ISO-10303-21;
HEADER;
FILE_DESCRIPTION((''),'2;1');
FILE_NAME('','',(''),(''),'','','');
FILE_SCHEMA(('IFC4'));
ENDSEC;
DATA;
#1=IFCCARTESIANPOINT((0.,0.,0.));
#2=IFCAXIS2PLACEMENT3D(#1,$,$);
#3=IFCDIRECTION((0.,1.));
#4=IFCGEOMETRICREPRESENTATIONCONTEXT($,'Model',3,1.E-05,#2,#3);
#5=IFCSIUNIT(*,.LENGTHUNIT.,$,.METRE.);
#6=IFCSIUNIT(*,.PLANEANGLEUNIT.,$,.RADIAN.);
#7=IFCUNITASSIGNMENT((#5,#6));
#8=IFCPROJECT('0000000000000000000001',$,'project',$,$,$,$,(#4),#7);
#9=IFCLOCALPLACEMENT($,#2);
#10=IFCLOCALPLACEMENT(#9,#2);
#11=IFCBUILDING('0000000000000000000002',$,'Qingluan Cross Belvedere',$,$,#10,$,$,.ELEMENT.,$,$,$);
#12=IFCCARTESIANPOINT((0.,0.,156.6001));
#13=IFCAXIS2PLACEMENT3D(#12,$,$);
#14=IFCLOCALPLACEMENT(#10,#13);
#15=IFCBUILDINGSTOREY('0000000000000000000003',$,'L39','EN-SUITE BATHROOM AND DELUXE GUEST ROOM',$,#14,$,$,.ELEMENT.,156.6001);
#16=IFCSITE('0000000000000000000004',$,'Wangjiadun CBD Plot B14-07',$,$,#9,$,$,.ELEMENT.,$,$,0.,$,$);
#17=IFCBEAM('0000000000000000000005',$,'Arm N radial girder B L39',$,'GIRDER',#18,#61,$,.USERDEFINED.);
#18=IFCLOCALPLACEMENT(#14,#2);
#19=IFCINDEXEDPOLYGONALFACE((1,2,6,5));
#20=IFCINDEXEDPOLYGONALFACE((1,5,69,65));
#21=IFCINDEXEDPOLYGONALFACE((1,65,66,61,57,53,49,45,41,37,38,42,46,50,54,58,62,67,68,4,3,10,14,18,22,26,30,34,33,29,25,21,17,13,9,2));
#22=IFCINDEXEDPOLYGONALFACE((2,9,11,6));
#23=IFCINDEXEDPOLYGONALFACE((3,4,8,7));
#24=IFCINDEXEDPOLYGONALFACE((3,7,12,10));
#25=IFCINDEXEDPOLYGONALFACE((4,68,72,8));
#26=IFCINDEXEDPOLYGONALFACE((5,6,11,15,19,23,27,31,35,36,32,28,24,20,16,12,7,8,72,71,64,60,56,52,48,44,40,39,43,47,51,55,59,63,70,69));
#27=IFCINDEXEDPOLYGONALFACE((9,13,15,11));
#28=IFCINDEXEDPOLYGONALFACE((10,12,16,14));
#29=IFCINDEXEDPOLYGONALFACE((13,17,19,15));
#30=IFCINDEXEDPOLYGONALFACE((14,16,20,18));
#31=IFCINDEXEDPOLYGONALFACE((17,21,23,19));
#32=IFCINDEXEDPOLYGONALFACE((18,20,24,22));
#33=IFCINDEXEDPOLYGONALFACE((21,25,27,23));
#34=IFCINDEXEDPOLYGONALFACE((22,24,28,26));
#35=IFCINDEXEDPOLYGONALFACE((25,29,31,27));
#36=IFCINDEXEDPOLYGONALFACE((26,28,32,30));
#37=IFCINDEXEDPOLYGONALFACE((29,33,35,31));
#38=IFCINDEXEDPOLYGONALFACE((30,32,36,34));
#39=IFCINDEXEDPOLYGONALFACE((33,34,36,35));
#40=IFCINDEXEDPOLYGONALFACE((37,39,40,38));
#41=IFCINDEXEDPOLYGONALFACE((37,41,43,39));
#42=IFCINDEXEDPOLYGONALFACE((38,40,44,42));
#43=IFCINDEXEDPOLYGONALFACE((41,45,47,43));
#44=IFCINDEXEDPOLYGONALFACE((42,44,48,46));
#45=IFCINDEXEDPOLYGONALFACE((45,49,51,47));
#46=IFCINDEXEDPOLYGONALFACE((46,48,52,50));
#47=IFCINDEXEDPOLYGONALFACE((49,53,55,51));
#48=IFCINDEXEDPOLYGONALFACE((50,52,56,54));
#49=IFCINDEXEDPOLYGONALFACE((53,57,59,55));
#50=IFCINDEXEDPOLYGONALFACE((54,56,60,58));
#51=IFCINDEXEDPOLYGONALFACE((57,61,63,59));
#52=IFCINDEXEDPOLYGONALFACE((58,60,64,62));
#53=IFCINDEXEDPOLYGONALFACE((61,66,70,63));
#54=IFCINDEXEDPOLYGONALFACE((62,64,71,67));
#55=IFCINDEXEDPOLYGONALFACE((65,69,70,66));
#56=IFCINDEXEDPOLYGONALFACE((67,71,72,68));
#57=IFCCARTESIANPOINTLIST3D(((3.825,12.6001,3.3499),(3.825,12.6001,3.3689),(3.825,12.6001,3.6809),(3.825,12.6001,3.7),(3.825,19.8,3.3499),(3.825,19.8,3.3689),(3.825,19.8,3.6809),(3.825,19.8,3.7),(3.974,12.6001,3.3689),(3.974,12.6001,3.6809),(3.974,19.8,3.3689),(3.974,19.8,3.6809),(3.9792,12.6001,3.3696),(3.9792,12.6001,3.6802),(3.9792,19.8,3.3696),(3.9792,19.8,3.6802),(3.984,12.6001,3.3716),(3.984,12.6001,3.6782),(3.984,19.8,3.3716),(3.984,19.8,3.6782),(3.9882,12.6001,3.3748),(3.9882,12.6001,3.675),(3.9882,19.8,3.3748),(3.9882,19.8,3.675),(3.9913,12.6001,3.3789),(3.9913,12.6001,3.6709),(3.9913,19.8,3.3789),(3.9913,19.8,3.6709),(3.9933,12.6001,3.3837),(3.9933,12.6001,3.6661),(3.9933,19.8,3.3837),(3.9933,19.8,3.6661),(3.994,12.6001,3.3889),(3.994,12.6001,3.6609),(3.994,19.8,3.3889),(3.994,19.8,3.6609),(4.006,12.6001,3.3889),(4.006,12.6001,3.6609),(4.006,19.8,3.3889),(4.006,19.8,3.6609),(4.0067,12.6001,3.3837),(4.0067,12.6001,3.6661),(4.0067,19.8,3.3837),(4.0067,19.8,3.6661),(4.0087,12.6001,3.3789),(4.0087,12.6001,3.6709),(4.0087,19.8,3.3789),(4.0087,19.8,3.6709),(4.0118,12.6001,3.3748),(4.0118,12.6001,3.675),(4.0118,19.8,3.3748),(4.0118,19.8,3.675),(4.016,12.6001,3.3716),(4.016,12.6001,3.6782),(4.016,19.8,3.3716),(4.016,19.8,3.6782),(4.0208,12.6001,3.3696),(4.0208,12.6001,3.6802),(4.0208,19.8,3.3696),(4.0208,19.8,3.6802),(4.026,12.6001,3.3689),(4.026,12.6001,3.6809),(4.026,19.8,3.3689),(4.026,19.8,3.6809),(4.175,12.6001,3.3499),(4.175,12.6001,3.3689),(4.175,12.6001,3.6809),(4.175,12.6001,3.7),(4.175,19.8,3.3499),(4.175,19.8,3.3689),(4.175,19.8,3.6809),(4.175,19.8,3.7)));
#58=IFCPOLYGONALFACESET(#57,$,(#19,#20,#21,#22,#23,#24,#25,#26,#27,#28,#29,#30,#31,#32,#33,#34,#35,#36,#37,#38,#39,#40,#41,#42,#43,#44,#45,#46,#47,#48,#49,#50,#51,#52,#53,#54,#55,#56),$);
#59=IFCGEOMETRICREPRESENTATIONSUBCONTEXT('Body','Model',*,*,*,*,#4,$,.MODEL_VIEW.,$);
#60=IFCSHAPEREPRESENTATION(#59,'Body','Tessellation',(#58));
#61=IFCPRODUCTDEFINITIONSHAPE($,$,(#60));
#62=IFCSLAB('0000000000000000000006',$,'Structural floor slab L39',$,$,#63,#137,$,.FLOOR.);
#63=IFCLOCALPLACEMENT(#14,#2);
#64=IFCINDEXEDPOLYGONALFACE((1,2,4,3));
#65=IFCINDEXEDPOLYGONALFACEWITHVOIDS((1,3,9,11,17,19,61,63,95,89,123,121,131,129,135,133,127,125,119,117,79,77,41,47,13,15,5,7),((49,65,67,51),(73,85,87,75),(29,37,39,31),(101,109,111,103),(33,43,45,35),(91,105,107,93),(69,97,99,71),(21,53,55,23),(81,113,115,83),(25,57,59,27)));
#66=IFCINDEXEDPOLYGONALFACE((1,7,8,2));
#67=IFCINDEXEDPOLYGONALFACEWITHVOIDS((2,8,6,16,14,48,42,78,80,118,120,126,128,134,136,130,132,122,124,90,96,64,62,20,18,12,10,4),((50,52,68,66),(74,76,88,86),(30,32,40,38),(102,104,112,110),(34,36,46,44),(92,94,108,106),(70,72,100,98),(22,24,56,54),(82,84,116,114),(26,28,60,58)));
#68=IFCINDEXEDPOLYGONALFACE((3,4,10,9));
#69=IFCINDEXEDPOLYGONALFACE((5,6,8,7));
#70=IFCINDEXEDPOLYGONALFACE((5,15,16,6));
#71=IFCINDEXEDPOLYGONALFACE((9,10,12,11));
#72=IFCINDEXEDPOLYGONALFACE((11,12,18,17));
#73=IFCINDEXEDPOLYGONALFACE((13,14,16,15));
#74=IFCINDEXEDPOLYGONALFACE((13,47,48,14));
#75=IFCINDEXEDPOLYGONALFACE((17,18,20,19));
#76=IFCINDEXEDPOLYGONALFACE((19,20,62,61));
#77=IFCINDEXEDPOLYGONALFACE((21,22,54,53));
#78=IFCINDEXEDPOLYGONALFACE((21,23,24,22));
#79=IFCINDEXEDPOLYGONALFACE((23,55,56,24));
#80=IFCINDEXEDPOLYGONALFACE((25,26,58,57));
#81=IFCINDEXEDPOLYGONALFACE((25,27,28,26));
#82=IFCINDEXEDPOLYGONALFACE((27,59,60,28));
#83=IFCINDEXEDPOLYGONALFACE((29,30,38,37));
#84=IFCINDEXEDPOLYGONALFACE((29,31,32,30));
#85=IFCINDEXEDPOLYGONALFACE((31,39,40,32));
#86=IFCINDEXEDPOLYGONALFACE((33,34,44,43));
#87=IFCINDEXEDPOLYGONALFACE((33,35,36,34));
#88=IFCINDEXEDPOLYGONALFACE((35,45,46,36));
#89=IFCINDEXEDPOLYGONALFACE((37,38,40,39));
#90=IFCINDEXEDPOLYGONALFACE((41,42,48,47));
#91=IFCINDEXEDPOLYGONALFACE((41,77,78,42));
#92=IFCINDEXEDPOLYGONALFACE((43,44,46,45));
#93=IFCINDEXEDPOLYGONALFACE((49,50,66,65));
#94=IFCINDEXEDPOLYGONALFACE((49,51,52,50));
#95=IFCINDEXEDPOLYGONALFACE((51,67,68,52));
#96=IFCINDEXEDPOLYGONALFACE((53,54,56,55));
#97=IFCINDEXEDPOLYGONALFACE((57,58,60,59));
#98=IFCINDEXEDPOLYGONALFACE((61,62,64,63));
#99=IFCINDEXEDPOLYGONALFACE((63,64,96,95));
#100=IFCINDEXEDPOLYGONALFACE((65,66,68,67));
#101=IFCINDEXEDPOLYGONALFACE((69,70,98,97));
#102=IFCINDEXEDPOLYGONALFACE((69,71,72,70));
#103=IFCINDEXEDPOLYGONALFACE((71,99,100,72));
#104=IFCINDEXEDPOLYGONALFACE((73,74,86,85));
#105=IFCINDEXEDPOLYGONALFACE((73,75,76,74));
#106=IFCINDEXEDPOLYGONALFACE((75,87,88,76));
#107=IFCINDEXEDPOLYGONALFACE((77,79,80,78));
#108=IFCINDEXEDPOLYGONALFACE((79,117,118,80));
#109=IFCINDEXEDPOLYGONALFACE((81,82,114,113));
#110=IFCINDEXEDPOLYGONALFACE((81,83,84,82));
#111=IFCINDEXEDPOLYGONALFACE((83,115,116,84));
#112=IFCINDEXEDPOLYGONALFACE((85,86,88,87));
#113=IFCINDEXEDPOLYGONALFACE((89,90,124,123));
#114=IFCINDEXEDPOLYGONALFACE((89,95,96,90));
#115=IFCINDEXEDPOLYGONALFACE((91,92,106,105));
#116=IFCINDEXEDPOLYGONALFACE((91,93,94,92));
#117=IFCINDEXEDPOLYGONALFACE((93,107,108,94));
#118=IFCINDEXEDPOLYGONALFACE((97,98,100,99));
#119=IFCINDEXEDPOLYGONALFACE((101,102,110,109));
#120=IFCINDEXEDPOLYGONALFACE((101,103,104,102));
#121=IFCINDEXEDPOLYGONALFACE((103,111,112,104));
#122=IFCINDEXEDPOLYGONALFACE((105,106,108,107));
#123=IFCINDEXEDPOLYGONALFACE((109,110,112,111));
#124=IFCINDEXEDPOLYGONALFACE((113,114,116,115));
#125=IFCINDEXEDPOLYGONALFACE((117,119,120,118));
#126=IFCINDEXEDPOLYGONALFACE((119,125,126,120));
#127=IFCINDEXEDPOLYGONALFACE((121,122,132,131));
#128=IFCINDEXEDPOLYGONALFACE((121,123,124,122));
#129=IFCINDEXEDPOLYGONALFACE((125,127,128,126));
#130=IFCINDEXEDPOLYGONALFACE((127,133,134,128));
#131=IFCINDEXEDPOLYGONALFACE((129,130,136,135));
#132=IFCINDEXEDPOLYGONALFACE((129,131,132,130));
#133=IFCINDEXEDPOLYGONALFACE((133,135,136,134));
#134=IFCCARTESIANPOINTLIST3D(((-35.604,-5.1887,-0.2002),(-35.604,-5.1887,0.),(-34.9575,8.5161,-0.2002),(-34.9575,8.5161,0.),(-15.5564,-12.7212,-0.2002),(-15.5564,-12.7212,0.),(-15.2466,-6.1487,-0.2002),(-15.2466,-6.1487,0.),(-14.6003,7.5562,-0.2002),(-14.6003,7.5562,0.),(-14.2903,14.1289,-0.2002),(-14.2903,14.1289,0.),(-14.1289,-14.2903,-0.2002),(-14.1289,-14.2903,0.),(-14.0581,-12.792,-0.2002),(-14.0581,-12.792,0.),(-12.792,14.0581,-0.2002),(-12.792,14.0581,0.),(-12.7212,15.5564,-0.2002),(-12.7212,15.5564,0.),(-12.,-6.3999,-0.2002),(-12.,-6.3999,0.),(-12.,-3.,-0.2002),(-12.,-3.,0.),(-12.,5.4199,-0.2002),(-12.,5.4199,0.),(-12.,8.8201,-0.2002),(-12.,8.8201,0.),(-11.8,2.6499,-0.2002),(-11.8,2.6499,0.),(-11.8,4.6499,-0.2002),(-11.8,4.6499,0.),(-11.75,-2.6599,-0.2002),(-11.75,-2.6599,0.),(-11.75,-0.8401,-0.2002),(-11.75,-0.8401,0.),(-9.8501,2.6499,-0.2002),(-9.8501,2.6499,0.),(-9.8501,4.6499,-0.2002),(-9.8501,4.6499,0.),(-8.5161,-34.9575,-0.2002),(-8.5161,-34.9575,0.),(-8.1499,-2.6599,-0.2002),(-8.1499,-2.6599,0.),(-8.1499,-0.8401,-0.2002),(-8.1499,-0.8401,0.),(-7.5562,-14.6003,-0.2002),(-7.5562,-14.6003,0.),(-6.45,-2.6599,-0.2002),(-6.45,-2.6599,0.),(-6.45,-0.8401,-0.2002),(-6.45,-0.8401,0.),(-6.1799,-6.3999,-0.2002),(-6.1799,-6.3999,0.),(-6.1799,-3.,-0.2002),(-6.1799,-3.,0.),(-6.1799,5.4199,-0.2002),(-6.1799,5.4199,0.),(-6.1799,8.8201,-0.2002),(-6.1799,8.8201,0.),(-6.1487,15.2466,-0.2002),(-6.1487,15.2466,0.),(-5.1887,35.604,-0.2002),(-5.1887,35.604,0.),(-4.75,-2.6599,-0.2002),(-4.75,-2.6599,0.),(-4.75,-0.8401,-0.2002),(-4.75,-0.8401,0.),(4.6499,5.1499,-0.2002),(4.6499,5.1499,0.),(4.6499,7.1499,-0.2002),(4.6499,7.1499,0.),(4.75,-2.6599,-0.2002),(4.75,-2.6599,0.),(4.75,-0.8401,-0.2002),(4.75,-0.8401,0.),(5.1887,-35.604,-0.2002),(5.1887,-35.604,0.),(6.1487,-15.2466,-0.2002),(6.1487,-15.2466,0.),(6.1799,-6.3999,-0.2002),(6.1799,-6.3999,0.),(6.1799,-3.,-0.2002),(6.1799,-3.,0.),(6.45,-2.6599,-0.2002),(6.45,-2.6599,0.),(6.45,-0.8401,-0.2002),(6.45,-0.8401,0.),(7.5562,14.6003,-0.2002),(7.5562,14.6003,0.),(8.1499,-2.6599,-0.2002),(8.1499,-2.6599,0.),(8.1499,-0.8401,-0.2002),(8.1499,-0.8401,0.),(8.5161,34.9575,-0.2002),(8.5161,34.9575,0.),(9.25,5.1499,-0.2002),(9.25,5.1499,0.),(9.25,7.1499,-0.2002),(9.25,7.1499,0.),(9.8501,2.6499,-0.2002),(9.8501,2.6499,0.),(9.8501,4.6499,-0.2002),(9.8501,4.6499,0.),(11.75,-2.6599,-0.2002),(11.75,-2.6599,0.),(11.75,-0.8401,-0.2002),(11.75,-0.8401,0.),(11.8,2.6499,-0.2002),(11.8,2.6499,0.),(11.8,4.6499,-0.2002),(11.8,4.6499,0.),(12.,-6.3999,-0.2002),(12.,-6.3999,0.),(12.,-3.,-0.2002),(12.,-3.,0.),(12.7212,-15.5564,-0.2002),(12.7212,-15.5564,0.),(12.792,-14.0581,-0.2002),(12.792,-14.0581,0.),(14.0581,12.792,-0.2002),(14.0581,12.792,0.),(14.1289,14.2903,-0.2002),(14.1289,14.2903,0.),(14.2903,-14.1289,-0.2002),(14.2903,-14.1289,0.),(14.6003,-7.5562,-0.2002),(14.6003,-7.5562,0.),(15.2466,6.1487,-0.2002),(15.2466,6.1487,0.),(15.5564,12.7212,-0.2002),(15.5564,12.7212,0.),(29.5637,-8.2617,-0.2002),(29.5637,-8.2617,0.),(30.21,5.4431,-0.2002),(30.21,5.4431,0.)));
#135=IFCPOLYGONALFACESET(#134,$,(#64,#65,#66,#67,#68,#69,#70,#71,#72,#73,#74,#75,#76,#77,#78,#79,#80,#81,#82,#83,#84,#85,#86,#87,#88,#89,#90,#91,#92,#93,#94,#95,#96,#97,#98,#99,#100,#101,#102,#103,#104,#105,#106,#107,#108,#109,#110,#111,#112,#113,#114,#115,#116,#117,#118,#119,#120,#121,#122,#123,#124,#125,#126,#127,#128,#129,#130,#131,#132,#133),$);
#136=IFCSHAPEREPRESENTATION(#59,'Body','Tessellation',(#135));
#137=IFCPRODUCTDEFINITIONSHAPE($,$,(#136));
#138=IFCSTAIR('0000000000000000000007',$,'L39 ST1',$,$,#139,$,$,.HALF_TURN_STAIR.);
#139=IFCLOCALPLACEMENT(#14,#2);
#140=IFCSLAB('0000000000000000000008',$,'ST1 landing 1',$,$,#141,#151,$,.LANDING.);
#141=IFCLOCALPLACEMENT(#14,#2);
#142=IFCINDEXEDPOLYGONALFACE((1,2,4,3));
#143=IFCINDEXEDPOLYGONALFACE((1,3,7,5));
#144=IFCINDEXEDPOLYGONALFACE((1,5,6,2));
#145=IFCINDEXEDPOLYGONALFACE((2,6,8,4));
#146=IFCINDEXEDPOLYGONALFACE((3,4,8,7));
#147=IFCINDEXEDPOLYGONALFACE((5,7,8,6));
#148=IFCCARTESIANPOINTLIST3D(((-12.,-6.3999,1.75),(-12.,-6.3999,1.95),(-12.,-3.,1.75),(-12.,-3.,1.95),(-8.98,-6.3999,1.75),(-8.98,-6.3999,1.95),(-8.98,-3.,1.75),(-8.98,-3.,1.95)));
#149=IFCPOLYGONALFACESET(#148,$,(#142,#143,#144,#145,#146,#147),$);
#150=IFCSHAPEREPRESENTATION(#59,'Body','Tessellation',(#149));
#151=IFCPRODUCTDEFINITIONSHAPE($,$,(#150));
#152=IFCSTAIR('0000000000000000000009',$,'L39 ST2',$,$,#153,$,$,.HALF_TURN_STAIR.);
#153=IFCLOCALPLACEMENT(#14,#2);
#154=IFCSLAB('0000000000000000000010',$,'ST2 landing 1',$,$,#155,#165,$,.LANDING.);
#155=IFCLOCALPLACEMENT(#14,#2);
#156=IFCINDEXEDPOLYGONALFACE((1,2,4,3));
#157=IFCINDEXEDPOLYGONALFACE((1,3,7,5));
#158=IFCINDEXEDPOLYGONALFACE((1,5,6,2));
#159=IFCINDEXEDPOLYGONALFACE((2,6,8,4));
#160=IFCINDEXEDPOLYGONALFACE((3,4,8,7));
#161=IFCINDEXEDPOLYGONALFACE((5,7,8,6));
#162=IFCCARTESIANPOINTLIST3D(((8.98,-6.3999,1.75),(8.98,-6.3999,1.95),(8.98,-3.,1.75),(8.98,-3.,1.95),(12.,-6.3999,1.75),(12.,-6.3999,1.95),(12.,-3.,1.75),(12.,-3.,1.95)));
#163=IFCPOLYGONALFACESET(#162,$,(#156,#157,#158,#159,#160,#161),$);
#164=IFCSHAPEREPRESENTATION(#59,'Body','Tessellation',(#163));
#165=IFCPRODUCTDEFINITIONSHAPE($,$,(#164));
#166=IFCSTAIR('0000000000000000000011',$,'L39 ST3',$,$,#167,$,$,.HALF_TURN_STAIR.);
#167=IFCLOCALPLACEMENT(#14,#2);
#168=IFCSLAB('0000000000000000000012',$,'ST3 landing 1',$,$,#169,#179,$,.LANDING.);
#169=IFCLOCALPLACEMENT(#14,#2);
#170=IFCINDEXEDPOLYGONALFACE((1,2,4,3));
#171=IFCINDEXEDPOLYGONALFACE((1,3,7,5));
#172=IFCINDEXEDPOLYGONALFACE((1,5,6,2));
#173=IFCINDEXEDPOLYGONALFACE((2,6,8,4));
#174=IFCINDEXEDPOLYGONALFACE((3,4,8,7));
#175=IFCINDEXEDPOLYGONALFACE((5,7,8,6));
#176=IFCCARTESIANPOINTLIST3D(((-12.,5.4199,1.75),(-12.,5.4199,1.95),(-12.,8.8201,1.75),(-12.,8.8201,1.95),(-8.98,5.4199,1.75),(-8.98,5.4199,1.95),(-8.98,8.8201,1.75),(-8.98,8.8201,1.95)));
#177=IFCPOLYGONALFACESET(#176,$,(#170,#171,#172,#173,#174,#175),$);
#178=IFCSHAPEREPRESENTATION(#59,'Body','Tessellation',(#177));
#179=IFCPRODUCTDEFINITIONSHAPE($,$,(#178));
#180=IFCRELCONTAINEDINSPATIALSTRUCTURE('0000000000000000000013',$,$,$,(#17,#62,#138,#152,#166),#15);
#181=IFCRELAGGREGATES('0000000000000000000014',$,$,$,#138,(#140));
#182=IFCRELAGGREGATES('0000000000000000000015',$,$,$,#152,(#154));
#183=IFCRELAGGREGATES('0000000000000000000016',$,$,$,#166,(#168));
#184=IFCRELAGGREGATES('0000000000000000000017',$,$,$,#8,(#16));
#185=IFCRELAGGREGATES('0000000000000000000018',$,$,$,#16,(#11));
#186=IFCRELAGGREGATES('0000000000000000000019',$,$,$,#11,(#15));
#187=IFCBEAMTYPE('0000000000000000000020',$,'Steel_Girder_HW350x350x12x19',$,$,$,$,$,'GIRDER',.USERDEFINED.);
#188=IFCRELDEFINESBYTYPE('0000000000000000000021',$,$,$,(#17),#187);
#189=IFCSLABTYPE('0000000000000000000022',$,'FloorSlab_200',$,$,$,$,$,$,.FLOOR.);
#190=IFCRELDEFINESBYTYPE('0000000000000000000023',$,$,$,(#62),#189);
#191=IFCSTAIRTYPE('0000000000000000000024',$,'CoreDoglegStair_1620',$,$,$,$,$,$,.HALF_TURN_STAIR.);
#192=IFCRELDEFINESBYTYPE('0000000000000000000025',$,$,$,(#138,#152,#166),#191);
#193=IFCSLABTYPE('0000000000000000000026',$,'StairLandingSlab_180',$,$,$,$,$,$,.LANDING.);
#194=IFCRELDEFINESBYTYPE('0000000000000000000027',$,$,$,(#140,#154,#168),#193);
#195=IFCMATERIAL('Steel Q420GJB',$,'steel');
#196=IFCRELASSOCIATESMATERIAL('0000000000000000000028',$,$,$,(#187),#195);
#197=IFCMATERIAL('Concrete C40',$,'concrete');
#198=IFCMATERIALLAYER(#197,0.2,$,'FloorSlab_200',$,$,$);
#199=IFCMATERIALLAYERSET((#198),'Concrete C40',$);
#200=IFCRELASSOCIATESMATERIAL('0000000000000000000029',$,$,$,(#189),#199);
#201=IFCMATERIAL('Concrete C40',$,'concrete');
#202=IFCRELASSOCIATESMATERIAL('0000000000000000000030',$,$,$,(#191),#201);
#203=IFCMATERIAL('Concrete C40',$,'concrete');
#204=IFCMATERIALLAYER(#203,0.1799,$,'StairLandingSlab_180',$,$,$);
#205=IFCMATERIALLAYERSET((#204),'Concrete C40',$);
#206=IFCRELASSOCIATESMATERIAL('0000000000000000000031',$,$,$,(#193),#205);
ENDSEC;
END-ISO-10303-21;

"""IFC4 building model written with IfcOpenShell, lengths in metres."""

from ifc_helpers import new_model, si_unit, direction, frame, origin, origin_2d, place, context, subcontext, project, spatial, polyline, i_section, outline, extrude, material, layer, layer_set, material_profile, profile_set, type_object, element, aggregate, save


model = new_model("IFC4")

# Units and contexts
model_context = context("Model", 3, precision=1e-05, world=origin(), true_north=direction((0.0, 1.0)))
body_context = subcontext(model_context, "Body", "Model", "MODEL_VIEW")
ifc_project = project(units=[si_unit("LENGTHUNIT", "METRE"), si_unit("PLANEANGLEUNIT", "RADIAN")], contexts=[model_context])

# Site, building, storey
site_placement = place(None, origin())
site = spatial("IfcSite", under=ifc_project, at=site_placement, Name="Wangjiadun CBD Plot B14-07", CompositionType="ELEMENT", RefElevation=0.0)
building_placement = place(site_placement, origin())
building = spatial("IfcBuilding", under=site, at=building_placement, Name="Qingluan Cross Belvedere", CompositionType="ELEMENT")
storey_placement = place(building_placement, frame((0.0, 0.0, 156.6001)))
storey = spatial("IfcBuildingStorey", under=building, at=storey_placement, Name="L39", Description="EN-SUITE BATHROOM AND DELUXE GUEST ROOM", CompositionType="ELEMENT", Elevation=156.6001)

# Beam
ifc_material_1 = material(Name="Steel Q420GJB", Category="steel")
ifc_material_profile_1 = material_profile(ifc_material_1, i_section(OverallWidth=0.3501, OverallDepth=0.3501, WebThickness=0.012, FlangeThickness=0.019, FilletRadius=0.02, at=origin_2d()), Name="HW350x350x12x19")
ifc_profile_set_1 = profile_set([ifc_material_profile_1], Name="Steel Q420GJB")
beam_type = type_object("IfcBeamType", Name="Steel_Girder_HW350x350x12x19", ElementType="GIRDER", PredefinedType="USERDEFINED", material=ifc_profile_set_1)
beam_1_placement = place(storey_placement, frame((4.0, 12.6001, 3.5249), z_axis=(0.0, 1.0, 0.0), x_axis=(-1.0, 0.0, 0.0)))
element("IfcBeam", 1, at=beam_1_placement, inside=storey, type_object=beam_type, Name="Arm N radial girder B L39", ObjectType="GIRDER", PredefinedType="USERDEFINED", context=body_context, shape_type="SweptSolid", body=[
    extrude(i_section(OverallWidth=0.3501, OverallDepth=0.3501, WebThickness=0.012, FlangeThickness=0.019, FilletRadius=0.02, at=origin_2d()), origin(), (0.0, 0.0, 1.0), 7.2),
])

# Slab
ifc_material_2 = material(Name="Concrete C40", Category="concrete")
ifc_layer_1 = layer(ifc_material_2, 0.2, Name="FloorSlab_200")
ifc_layer_set_1 = layer_set([ifc_layer_1], Name="Concrete C40")
slab_type_1 = type_object("IfcSlabType", Name="FloorSlab_200", PredefinedType="FLOOR", material=ifc_layer_set_1)
slab_1_placement = place(storey_placement, frame((0.0, 0.0, -0.2002)))
element("IfcSlab", 2, at=slab_1_placement, inside=storey, type_object=slab_type_1, Name="Structural floor slab L39", PredefinedType="FLOOR", context=body_context, shape_type="SweptSolid", body=[
    extrude(outline(polyline([(5.1887, -35.604), (6.1487, -15.2466), (12.7212, -15.5564), (12.792, -14.0581), (14.2903, -14.1289), (14.6003, -7.5562), (29.5637, -8.2617), (30.21, 5.4431), (15.2466, 6.1487), (15.5564, 12.7212), (14.0581, 12.792), (14.1289, 14.2903), (7.5562, 14.6003), (8.5161, 34.9575), (-5.1887, 35.604), (-6.1487, 15.2466), (-12.7212, 15.5564), (-12.792, 14.0581), (-14.2903, 14.1289), (-14.6003, 7.5562), (-34.9575, 8.5161), (-35.604, -5.1887), (-15.2466, -6.1487), (-15.5564, -12.7212), (-14.0581, -12.792), (-14.1289, -14.2903), (-7.5562, -14.6003), (-8.5161, -34.9575), (5.1887, -35.604)]), holes=[polyline([(-12.0, -3.0), (-6.1799, -3.0), (-6.1799, -6.3999), (-12.0, -6.3999), (-12.0, -3.0)]), polyline([(6.1799, -3.0), (12.0, -3.0), (12.0, -6.3999), (6.1799, -6.3999), (6.1799, -3.0)]), polyline([(-12.0, 8.8201), (-6.1799, 8.8201), (-6.1799, 5.4199), (-12.0, 5.4199), (-12.0, 8.8201)]), polyline([(-11.8, 4.6499), (-9.8501, 4.6499), (-9.8501, 2.6499), (-11.8, 2.6499), (-11.8, 4.6499)]), polyline([(9.8501, 4.6499), (11.8, 4.6499), (11.8, 2.6499), (9.8501, 2.6499), (9.8501, 4.6499)]), polyline([(-11.75, -0.8401), (-8.1499, -0.8401), (-8.1499, -2.6599), (-11.75, -2.6599), (-11.75, -0.8401)]), polyline([(-6.45, -0.8401), (-4.75, -0.8401), (-4.75, -2.6599), (-6.45, -2.6599), (-6.45, -0.8401)]), polyline([(4.75, -0.8401), (6.45, -0.8401), (6.45, -2.6599), (4.75, -2.6599), (4.75, -0.8401)]), polyline([(8.1499, -0.8401), (11.75, -0.8401), (11.75, -2.6599), (8.1499, -2.6599), (8.1499, -0.8401)]), polyline([(4.6499, 7.1499), (9.25, 7.1499), (9.25, 5.1499), (4.6499, 5.1499), (4.6499, 7.1499)])]), origin(), (0.0, 0.0, 1.0), 0.2002),
])

# Stairs, slabs
ifc_material_3 = material(Name="Concrete C40", Category="concrete")
stair_type = type_object("IfcStairType", Name="CoreDoglegStair_1620", PredefinedType="HALF_TURN_STAIR", material=ifc_material_3)
stair_1_placement = place(storey_placement, origin())
stair_1 = element("IfcStair", 3, at=stair_1_placement, inside=storey, type_object=stair_type, Name="L39 ST1", PredefinedType="HALF_TURN_STAIR")
ifc_material_4 = material(Name="Concrete C40", Category="concrete")
ifc_layer_2 = layer(ifc_material_4, 0.1799, Name="StairLandingSlab_180")
ifc_layer_set_2 = layer_set([ifc_layer_2], Name="Concrete C40")
slab_type_2 = type_object("IfcSlabType", Name="StairLandingSlab_180", PredefinedType="LANDING", material=ifc_layer_set_2)
slab_2_placement = place(storey_placement, frame((0.0, 0.0, 1.75)))
slab_2 = element("IfcSlab", 4, at=slab_2_placement, type_object=slab_type_2, Name="ST1 landing 1", PredefinedType="LANDING", context=body_context, shape_type="SweptSolid", body=[
    extrude(outline(polyline([(-8.98, -3.0), (-12.0, -3.0), (-12.0, -6.3999), (-8.98, -6.3999), (-8.98, -3.0)])), origin(), (0.0, 0.0, 1.0), 0.2),
])
aggregate(stair_1, [slab_2])
stair_2_placement = place(storey_placement, origin())
stair_2 = element("IfcStair", 5, at=stair_2_placement, inside=storey, type_object=stair_type, Name="L39 ST2", PredefinedType="HALF_TURN_STAIR")
slab_3_placement = place(storey_placement, frame((0.0, 0.0, 1.75)))
slab_3 = element("IfcSlab", 6, at=slab_3_placement, type_object=slab_type_2, Name="ST2 landing 1", PredefinedType="LANDING", context=body_context, shape_type="SweptSolid", body=[
    extrude(outline(polyline([(8.98, -6.3999), (12.0, -6.3999), (12.0, -3.0), (8.98, -3.0), (8.98, -6.3999)])), origin(), (0.0, 0.0, 1.0), 0.2),
])
aggregate(stair_2, [slab_3])
stair_3_placement = place(storey_placement, origin())
stair_3 = element("IfcStair", 7, at=stair_3_placement, inside=storey, type_object=stair_type, Name="L39 ST3", PredefinedType="HALF_TURN_STAIR")
slab_4_placement = place(storey_placement, frame((0.0, 0.0, 1.75)))
slab_4 = element("IfcSlab", 8, at=slab_4_placement, type_object=slab_type_2, Name="ST3 landing 1", PredefinedType="LANDING", context=body_context, shape_type="SweptSolid", body=[
    extrude(outline(polyline([(-8.98, 8.8201), (-12.0, 8.8201), (-12.0, 5.4199), (-8.98, 5.4199), (-8.98, 8.8201)])), origin(), (0.0, 0.0, 1.0), 0.2),
])
aggregate(stair_3, [slab_4])

save(model, "model.ifc")
